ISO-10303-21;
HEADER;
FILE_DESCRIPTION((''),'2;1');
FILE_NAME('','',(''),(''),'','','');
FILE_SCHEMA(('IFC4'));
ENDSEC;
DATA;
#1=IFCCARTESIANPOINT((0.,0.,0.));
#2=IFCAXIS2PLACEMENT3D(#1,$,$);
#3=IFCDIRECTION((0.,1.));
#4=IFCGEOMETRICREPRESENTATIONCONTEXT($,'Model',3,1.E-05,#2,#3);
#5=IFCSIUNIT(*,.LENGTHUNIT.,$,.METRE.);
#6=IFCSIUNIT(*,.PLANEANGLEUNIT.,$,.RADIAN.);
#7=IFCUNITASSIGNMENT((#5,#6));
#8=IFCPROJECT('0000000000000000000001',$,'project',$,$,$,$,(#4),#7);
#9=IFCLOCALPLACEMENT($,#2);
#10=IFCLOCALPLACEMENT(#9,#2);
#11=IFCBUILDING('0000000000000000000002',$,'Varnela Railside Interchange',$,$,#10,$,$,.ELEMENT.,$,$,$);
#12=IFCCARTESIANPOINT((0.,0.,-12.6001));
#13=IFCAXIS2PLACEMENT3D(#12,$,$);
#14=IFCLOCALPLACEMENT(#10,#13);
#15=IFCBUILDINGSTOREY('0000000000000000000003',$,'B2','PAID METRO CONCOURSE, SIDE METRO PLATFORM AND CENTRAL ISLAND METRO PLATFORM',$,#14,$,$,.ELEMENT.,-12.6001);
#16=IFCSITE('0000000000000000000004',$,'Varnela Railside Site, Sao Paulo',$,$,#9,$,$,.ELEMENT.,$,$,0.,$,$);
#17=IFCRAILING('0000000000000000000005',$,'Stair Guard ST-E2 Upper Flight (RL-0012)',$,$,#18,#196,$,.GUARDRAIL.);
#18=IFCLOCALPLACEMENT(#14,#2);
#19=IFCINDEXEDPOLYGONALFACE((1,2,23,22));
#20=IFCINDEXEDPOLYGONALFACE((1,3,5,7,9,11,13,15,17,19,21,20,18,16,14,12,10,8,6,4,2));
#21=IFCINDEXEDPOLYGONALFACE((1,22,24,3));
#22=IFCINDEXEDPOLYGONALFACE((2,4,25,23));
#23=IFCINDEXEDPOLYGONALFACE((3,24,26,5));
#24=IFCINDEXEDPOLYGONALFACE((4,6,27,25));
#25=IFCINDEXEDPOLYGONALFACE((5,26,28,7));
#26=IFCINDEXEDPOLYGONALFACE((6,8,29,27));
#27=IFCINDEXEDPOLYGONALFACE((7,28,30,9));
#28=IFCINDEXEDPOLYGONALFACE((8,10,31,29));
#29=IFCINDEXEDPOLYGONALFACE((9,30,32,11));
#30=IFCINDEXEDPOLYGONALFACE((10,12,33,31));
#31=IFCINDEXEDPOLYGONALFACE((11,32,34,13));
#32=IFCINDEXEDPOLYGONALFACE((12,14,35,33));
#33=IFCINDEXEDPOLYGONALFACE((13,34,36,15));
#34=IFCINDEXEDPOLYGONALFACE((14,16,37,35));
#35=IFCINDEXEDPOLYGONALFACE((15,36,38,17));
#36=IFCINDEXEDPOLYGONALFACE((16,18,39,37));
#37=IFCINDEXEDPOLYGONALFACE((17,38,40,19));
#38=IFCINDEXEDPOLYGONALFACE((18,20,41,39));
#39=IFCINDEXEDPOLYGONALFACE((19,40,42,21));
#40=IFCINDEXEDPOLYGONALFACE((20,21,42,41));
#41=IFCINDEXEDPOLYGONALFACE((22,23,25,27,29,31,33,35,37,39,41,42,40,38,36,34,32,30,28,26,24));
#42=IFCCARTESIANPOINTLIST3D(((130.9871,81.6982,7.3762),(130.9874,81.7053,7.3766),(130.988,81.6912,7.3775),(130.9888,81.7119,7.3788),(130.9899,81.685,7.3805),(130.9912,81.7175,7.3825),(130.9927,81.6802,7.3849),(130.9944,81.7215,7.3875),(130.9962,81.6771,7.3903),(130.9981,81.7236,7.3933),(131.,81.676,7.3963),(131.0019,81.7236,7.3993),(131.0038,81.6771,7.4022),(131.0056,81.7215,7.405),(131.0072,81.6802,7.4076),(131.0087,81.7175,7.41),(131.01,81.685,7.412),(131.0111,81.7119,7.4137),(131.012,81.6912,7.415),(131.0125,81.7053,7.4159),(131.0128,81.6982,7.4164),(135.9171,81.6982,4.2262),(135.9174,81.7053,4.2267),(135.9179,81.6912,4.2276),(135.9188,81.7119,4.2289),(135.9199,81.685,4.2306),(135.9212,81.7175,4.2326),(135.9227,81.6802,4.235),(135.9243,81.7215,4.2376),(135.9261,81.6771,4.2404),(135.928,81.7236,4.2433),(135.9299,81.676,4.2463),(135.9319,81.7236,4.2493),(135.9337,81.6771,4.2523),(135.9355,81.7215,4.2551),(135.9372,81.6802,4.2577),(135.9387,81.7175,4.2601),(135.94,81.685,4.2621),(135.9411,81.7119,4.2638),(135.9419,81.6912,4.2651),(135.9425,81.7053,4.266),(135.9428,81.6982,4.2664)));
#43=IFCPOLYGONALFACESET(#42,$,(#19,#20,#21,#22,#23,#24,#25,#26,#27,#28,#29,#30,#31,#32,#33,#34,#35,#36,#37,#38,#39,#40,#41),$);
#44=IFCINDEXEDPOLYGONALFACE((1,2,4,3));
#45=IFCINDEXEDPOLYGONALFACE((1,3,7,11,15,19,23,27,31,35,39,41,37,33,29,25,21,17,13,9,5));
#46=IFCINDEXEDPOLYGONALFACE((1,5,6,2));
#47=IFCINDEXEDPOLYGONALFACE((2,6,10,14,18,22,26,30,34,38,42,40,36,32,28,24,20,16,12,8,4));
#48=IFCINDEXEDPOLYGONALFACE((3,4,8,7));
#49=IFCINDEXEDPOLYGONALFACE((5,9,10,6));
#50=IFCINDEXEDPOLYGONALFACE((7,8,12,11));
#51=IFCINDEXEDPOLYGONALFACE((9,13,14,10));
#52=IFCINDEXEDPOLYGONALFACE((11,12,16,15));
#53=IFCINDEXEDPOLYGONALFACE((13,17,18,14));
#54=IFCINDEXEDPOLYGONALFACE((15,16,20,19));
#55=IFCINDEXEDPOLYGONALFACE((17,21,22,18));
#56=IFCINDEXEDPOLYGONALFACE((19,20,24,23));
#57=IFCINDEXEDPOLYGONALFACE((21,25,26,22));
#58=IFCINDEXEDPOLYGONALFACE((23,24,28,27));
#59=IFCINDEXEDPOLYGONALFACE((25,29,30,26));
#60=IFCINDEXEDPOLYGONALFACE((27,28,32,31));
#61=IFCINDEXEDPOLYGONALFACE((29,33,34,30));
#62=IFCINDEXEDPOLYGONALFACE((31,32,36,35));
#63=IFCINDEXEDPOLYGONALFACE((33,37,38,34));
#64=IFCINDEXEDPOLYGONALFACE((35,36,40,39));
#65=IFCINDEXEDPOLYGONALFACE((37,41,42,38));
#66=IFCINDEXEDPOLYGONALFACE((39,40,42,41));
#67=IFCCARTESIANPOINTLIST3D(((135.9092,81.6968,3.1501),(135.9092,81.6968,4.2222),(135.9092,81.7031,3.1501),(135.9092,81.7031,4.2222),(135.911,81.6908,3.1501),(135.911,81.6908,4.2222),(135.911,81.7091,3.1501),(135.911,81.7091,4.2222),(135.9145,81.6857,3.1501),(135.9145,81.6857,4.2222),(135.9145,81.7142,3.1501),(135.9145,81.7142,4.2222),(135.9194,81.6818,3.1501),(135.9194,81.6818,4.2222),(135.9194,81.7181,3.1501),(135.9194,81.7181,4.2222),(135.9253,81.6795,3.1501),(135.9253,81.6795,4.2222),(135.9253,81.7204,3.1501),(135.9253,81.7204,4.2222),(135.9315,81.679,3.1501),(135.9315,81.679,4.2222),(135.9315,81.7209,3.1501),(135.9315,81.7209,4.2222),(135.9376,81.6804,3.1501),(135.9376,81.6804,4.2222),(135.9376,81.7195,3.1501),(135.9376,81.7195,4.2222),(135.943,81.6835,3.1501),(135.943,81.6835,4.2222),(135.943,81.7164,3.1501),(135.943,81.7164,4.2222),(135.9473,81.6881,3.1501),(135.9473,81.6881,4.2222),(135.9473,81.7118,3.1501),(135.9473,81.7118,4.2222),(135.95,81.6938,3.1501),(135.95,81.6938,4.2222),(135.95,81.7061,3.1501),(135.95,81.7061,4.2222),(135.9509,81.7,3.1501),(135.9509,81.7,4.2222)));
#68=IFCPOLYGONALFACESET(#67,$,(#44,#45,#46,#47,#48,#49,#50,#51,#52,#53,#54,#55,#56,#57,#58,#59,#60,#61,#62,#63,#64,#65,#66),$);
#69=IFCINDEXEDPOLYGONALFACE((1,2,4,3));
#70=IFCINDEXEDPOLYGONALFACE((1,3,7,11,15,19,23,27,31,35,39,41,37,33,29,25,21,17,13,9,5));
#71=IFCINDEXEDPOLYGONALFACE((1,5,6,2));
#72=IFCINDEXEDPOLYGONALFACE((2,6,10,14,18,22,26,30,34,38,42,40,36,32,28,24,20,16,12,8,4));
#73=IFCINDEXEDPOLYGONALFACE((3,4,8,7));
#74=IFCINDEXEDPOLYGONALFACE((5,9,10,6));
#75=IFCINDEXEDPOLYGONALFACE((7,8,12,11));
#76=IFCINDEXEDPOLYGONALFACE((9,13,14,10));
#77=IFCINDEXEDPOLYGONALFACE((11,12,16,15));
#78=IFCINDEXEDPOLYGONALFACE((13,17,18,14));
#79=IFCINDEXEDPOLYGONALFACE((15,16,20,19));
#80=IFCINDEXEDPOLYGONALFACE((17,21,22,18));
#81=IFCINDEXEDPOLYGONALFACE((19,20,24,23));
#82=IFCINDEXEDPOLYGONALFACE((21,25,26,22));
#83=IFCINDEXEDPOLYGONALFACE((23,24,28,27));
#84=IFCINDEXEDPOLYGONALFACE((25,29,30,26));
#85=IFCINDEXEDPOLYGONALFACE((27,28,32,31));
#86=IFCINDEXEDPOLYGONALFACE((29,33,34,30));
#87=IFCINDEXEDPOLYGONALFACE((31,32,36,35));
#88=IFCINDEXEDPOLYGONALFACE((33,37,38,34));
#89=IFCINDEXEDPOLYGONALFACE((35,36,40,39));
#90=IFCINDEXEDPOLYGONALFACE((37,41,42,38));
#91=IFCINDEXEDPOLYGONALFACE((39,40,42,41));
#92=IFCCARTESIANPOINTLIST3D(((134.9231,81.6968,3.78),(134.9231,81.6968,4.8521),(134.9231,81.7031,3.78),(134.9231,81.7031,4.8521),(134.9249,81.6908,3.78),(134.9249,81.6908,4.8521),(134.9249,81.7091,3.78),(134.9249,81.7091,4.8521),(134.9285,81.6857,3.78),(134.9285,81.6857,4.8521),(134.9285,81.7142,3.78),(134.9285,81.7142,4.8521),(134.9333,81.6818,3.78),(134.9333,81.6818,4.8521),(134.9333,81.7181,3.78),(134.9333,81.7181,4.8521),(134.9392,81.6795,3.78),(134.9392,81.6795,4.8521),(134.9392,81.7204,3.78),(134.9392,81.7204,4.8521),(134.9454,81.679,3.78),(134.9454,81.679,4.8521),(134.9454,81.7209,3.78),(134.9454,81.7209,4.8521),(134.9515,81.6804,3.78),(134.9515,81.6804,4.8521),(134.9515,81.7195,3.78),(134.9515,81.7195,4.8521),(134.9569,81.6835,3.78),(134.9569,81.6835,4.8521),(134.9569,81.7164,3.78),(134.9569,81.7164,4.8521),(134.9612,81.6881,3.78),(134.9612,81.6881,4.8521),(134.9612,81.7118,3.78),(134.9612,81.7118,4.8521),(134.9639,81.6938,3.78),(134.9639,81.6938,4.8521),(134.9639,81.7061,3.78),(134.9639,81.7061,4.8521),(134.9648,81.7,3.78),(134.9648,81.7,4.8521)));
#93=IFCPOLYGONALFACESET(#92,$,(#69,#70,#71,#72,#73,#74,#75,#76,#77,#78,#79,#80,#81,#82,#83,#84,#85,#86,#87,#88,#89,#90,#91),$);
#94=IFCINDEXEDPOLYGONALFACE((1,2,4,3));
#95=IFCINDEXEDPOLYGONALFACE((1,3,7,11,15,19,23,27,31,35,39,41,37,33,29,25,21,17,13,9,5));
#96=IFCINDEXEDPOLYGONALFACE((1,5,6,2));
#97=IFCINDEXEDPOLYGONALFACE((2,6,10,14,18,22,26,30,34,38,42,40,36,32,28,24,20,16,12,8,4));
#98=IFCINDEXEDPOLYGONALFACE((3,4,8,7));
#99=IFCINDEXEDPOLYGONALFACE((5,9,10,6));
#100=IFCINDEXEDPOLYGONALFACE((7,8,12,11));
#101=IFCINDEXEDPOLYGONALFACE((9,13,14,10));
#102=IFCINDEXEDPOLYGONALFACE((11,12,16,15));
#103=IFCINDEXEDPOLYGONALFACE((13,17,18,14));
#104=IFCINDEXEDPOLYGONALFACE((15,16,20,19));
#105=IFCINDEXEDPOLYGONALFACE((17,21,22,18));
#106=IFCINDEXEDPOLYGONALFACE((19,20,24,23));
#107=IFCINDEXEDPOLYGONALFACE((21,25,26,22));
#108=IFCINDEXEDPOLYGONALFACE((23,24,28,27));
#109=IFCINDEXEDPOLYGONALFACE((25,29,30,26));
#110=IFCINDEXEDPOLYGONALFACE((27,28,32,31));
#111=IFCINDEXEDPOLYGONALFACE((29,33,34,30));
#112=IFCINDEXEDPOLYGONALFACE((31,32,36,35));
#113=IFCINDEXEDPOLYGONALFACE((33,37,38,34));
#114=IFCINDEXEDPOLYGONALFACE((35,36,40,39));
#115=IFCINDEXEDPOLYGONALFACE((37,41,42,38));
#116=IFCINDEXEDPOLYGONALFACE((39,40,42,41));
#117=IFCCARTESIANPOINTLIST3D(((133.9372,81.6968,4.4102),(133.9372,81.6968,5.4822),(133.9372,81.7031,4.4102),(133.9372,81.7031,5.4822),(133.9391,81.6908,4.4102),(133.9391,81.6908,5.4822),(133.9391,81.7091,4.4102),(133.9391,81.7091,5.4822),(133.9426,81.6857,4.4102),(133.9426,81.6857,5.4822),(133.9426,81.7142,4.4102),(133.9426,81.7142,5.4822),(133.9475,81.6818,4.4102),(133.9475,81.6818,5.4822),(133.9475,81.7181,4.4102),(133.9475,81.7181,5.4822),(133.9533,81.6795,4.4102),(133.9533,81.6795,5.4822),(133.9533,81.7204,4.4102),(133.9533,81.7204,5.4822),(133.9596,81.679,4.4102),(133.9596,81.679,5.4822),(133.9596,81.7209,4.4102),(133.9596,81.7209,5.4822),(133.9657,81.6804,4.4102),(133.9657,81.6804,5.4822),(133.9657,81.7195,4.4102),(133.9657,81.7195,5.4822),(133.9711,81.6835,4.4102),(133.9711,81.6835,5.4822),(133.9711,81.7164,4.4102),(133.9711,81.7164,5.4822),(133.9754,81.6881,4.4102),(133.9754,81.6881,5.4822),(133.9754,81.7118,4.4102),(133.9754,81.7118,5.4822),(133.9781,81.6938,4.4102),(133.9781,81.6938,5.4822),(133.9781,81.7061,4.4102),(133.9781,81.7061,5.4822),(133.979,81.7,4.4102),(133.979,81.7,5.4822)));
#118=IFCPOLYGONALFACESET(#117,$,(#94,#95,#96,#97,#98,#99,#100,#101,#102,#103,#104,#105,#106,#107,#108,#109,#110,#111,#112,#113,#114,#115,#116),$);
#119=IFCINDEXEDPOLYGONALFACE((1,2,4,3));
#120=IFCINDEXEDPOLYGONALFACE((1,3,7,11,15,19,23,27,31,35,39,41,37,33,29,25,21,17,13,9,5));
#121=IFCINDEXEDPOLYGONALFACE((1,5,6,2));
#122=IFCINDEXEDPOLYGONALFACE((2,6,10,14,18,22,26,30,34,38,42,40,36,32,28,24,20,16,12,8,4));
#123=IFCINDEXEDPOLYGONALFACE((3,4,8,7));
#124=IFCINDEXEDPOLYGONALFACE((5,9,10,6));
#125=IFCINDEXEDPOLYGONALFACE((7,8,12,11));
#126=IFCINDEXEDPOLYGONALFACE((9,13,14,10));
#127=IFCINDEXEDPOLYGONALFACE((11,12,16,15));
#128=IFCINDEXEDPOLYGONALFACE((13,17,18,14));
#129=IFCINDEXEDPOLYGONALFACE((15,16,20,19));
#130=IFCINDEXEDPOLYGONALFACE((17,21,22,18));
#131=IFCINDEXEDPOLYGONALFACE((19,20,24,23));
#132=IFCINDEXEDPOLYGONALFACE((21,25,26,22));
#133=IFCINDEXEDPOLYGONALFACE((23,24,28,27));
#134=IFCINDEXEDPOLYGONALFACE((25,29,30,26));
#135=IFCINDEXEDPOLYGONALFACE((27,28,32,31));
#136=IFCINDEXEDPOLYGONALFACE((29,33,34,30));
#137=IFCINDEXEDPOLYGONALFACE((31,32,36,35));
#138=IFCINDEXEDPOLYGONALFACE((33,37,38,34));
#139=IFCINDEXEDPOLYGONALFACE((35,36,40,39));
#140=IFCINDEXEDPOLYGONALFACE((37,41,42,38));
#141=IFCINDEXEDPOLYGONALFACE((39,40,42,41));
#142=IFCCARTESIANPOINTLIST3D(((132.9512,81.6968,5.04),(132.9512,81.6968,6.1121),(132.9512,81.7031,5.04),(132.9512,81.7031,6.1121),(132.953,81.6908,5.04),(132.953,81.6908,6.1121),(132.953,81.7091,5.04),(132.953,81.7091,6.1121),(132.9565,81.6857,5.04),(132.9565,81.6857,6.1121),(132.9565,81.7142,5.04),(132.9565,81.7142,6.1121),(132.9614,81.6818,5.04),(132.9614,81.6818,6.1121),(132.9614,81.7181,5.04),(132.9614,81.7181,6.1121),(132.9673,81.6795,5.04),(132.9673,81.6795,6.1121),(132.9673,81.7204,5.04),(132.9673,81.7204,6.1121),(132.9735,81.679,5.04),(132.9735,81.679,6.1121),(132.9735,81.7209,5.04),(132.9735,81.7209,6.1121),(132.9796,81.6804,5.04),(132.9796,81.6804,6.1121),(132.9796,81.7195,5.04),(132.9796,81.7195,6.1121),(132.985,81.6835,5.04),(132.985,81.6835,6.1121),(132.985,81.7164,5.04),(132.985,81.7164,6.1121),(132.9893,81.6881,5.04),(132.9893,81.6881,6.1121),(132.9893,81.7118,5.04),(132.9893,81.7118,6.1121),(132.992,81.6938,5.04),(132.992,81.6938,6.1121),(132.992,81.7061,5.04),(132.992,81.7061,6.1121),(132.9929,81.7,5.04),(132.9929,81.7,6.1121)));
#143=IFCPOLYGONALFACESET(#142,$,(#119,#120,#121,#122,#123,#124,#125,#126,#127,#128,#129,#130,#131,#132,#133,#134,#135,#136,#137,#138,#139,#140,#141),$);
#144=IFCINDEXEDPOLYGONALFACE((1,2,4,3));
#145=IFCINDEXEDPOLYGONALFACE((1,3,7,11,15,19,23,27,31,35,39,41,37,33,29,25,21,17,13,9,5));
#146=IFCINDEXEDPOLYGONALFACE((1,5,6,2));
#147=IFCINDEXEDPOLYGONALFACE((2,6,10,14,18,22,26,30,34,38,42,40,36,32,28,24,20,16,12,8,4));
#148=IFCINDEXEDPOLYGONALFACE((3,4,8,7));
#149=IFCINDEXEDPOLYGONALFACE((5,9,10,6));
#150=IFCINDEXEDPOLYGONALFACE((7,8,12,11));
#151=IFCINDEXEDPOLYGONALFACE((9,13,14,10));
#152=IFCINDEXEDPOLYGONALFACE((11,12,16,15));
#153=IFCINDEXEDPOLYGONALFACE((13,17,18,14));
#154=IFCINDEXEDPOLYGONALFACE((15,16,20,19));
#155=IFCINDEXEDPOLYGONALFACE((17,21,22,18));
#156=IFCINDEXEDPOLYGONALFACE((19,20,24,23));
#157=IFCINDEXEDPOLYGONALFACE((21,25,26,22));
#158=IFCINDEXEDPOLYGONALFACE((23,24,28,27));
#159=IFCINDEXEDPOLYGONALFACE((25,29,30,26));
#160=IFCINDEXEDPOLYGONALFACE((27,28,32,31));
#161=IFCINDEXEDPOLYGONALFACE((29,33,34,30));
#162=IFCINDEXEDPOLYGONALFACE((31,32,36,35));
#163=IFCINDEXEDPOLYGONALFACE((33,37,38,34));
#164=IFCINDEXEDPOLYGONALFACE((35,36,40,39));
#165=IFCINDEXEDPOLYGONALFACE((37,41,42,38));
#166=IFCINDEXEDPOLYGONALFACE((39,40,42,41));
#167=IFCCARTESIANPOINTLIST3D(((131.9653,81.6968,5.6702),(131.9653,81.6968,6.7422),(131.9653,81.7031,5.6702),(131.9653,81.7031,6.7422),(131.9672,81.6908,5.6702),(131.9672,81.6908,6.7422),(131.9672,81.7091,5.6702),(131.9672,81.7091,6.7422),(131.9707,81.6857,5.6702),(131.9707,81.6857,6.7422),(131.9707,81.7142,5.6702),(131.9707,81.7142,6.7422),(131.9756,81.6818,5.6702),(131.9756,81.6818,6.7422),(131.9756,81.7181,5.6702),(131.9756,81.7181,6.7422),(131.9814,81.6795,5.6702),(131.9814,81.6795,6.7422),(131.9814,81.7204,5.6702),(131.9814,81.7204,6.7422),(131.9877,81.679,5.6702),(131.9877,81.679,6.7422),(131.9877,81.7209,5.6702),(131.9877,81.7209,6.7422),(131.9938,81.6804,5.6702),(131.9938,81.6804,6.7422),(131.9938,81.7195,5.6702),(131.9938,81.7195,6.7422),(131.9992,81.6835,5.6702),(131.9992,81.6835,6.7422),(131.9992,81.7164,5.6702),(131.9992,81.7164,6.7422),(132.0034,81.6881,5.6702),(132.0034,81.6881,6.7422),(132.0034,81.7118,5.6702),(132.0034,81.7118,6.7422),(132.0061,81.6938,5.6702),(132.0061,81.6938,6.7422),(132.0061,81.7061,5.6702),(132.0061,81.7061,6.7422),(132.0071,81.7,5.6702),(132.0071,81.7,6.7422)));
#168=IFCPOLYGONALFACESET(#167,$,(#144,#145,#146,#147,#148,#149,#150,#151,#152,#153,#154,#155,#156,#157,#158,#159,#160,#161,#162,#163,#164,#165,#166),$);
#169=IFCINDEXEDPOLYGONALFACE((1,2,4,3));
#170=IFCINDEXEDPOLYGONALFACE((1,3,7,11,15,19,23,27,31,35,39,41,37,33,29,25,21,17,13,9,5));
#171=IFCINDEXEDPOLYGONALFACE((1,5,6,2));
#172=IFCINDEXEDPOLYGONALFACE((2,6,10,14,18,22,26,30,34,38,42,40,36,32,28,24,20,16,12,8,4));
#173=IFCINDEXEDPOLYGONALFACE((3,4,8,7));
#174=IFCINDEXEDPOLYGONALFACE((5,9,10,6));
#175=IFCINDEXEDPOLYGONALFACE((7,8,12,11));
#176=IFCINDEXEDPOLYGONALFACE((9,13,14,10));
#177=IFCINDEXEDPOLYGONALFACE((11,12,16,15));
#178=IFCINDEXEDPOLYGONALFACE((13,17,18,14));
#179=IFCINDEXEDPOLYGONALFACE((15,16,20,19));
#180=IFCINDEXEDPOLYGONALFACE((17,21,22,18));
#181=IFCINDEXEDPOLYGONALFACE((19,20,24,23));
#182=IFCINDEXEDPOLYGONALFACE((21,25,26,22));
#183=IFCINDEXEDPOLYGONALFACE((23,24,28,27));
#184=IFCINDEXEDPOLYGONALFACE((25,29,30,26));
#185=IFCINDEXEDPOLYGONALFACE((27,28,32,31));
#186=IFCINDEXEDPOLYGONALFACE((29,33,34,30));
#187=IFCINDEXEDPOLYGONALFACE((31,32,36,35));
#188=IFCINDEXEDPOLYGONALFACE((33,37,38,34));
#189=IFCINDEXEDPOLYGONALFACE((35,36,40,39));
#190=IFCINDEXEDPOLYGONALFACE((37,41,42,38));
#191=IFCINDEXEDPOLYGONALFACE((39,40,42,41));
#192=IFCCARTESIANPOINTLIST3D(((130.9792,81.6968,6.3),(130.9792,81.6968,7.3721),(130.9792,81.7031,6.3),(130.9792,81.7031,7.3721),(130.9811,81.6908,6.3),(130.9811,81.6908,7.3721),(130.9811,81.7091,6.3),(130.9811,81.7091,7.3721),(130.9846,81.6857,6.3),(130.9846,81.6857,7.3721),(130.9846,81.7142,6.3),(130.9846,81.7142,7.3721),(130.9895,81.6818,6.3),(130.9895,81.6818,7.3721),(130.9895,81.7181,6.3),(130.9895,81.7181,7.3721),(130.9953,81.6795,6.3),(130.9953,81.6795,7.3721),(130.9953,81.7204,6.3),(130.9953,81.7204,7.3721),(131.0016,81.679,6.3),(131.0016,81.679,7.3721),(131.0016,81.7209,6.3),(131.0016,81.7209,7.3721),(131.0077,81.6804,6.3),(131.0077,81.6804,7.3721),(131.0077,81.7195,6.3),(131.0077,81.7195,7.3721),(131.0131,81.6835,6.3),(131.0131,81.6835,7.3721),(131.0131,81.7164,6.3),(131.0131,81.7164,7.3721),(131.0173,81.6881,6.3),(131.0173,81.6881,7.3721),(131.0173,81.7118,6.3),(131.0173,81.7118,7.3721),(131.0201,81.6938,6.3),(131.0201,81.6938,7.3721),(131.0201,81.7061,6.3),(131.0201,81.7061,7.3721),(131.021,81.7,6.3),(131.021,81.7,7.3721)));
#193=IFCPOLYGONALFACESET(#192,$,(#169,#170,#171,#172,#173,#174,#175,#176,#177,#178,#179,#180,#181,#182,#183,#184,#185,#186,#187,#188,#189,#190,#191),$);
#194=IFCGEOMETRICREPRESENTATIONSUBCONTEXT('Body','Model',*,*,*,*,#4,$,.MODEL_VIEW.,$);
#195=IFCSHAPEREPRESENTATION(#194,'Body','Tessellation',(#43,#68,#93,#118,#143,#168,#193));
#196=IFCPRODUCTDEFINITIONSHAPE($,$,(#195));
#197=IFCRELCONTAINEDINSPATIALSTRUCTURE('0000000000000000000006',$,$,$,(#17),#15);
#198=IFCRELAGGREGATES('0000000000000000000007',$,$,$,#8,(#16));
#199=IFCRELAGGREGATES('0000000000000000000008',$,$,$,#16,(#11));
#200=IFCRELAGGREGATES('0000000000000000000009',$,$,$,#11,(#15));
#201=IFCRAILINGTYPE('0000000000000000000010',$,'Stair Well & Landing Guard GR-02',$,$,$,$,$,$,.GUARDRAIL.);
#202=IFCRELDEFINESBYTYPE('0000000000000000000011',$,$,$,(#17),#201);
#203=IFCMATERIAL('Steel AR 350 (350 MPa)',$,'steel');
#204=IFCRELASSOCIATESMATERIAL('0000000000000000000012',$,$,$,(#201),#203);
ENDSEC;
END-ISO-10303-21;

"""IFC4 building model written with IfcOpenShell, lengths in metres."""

from ifc_helpers import new_model, si_unit, direction, frame, origin, origin_2d, place, context, subcontext, project, spatial, circle, extrude, material, type_object, element, save


model = new_model("IFC4")

# Units and contexts
model_context = context("Model", 3, precision=1e-05, world=origin(), true_north=direction((0.0, 1.0)))
body_context = subcontext(model_context, "Body", "Model", "MODEL_VIEW")
ifc_project = project(units=[si_unit("LENGTHUNIT", "METRE"), si_unit("PLANEANGLEUNIT", "RADIAN")], contexts=[model_context])

# Site, building, storey
site_placement = place(None, origin())
site = spatial("IfcSite", under=ifc_project, at=site_placement, Name="Varnela Railside Site, Sao Paulo", CompositionType="ELEMENT", RefElevation=0.0)
building_placement = place(site_placement, origin())
building = spatial("IfcBuilding", under=site, at=building_placement, Name="Varnela Railside Interchange", CompositionType="ELEMENT")
storey_placement = place(building_placement, frame((0.0, 0.0, -12.6001)))
storey = spatial("IfcBuildingStorey", under=building, at=storey_placement, Name="B2", Description="PAID METRO CONCOURSE, SIDE METRO PLATFORM AND CENTRAL ISLAND METRO PLATFORM", CompositionType="ELEMENT", Elevation=-12.6001)

# Railing
ifc_material_1 = material(Name="Steel AR 350 (350 MPa)", Category="steel")
railing_type_1 = type_object("IfcRailingType", Name="Stair Well & Landing Guard GR-02", PredefinedType="GUARDRAIL", material=ifc_material_1)
railing_1_placement = place(storey_placement, frame((135.9299, 81.7, 3.1501)))
element("IfcRailing", 1, at=railing_1_placement, inside=storey, type_object=railing_type_1, Name="Stair Guard ST-E2 Upper Flight (RL-0012)", PredefinedType="GUARDRAIL", context=body_context, shape_type="SweptSolid", body=[
    extrude(circle(Radius=0.0239, at=origin_2d()), frame((0.0, 0.0, 1.0962), z_axis=(-0.842679, 0.0, 0.538416), x_axis=(0.0, -1.0, 0.0)), (0.0, 0.0, 1.0), 5.8503),
    extrude(circle(Radius=0.021, at=origin_2d()), origin(), (0.0, 0.0, 1.0), 1.072),
    extrude(circle(Radius=0.021, at=origin_2d()), frame((-0.9861, 0.0, 0.6299)), (0.0, 0.0, 1.0), 1.072),
    extrude(circle(Radius=0.021, at=origin_2d()), frame((-1.9719, 0.0, 1.26)), (0.0, 0.0, 1.0), 1.072),
    extrude(circle(Radius=0.021, at=origin_2d()), frame((-2.958, 0.0, 1.8899)), (0.0, 0.0, 1.0), 1.072),
    extrude(circle(Radius=0.021, at=origin_2d()), frame((-3.9438, 0.0, 2.52)), (0.0, 0.0, 1.0), 1.072),
    extrude(circle(Radius=0.021, at=origin_2d()), frame((-4.9299, 0.0, 3.1499)), (0.0, 0.0, 1.0), 1.072),
])

save(model, "model.ifc")
